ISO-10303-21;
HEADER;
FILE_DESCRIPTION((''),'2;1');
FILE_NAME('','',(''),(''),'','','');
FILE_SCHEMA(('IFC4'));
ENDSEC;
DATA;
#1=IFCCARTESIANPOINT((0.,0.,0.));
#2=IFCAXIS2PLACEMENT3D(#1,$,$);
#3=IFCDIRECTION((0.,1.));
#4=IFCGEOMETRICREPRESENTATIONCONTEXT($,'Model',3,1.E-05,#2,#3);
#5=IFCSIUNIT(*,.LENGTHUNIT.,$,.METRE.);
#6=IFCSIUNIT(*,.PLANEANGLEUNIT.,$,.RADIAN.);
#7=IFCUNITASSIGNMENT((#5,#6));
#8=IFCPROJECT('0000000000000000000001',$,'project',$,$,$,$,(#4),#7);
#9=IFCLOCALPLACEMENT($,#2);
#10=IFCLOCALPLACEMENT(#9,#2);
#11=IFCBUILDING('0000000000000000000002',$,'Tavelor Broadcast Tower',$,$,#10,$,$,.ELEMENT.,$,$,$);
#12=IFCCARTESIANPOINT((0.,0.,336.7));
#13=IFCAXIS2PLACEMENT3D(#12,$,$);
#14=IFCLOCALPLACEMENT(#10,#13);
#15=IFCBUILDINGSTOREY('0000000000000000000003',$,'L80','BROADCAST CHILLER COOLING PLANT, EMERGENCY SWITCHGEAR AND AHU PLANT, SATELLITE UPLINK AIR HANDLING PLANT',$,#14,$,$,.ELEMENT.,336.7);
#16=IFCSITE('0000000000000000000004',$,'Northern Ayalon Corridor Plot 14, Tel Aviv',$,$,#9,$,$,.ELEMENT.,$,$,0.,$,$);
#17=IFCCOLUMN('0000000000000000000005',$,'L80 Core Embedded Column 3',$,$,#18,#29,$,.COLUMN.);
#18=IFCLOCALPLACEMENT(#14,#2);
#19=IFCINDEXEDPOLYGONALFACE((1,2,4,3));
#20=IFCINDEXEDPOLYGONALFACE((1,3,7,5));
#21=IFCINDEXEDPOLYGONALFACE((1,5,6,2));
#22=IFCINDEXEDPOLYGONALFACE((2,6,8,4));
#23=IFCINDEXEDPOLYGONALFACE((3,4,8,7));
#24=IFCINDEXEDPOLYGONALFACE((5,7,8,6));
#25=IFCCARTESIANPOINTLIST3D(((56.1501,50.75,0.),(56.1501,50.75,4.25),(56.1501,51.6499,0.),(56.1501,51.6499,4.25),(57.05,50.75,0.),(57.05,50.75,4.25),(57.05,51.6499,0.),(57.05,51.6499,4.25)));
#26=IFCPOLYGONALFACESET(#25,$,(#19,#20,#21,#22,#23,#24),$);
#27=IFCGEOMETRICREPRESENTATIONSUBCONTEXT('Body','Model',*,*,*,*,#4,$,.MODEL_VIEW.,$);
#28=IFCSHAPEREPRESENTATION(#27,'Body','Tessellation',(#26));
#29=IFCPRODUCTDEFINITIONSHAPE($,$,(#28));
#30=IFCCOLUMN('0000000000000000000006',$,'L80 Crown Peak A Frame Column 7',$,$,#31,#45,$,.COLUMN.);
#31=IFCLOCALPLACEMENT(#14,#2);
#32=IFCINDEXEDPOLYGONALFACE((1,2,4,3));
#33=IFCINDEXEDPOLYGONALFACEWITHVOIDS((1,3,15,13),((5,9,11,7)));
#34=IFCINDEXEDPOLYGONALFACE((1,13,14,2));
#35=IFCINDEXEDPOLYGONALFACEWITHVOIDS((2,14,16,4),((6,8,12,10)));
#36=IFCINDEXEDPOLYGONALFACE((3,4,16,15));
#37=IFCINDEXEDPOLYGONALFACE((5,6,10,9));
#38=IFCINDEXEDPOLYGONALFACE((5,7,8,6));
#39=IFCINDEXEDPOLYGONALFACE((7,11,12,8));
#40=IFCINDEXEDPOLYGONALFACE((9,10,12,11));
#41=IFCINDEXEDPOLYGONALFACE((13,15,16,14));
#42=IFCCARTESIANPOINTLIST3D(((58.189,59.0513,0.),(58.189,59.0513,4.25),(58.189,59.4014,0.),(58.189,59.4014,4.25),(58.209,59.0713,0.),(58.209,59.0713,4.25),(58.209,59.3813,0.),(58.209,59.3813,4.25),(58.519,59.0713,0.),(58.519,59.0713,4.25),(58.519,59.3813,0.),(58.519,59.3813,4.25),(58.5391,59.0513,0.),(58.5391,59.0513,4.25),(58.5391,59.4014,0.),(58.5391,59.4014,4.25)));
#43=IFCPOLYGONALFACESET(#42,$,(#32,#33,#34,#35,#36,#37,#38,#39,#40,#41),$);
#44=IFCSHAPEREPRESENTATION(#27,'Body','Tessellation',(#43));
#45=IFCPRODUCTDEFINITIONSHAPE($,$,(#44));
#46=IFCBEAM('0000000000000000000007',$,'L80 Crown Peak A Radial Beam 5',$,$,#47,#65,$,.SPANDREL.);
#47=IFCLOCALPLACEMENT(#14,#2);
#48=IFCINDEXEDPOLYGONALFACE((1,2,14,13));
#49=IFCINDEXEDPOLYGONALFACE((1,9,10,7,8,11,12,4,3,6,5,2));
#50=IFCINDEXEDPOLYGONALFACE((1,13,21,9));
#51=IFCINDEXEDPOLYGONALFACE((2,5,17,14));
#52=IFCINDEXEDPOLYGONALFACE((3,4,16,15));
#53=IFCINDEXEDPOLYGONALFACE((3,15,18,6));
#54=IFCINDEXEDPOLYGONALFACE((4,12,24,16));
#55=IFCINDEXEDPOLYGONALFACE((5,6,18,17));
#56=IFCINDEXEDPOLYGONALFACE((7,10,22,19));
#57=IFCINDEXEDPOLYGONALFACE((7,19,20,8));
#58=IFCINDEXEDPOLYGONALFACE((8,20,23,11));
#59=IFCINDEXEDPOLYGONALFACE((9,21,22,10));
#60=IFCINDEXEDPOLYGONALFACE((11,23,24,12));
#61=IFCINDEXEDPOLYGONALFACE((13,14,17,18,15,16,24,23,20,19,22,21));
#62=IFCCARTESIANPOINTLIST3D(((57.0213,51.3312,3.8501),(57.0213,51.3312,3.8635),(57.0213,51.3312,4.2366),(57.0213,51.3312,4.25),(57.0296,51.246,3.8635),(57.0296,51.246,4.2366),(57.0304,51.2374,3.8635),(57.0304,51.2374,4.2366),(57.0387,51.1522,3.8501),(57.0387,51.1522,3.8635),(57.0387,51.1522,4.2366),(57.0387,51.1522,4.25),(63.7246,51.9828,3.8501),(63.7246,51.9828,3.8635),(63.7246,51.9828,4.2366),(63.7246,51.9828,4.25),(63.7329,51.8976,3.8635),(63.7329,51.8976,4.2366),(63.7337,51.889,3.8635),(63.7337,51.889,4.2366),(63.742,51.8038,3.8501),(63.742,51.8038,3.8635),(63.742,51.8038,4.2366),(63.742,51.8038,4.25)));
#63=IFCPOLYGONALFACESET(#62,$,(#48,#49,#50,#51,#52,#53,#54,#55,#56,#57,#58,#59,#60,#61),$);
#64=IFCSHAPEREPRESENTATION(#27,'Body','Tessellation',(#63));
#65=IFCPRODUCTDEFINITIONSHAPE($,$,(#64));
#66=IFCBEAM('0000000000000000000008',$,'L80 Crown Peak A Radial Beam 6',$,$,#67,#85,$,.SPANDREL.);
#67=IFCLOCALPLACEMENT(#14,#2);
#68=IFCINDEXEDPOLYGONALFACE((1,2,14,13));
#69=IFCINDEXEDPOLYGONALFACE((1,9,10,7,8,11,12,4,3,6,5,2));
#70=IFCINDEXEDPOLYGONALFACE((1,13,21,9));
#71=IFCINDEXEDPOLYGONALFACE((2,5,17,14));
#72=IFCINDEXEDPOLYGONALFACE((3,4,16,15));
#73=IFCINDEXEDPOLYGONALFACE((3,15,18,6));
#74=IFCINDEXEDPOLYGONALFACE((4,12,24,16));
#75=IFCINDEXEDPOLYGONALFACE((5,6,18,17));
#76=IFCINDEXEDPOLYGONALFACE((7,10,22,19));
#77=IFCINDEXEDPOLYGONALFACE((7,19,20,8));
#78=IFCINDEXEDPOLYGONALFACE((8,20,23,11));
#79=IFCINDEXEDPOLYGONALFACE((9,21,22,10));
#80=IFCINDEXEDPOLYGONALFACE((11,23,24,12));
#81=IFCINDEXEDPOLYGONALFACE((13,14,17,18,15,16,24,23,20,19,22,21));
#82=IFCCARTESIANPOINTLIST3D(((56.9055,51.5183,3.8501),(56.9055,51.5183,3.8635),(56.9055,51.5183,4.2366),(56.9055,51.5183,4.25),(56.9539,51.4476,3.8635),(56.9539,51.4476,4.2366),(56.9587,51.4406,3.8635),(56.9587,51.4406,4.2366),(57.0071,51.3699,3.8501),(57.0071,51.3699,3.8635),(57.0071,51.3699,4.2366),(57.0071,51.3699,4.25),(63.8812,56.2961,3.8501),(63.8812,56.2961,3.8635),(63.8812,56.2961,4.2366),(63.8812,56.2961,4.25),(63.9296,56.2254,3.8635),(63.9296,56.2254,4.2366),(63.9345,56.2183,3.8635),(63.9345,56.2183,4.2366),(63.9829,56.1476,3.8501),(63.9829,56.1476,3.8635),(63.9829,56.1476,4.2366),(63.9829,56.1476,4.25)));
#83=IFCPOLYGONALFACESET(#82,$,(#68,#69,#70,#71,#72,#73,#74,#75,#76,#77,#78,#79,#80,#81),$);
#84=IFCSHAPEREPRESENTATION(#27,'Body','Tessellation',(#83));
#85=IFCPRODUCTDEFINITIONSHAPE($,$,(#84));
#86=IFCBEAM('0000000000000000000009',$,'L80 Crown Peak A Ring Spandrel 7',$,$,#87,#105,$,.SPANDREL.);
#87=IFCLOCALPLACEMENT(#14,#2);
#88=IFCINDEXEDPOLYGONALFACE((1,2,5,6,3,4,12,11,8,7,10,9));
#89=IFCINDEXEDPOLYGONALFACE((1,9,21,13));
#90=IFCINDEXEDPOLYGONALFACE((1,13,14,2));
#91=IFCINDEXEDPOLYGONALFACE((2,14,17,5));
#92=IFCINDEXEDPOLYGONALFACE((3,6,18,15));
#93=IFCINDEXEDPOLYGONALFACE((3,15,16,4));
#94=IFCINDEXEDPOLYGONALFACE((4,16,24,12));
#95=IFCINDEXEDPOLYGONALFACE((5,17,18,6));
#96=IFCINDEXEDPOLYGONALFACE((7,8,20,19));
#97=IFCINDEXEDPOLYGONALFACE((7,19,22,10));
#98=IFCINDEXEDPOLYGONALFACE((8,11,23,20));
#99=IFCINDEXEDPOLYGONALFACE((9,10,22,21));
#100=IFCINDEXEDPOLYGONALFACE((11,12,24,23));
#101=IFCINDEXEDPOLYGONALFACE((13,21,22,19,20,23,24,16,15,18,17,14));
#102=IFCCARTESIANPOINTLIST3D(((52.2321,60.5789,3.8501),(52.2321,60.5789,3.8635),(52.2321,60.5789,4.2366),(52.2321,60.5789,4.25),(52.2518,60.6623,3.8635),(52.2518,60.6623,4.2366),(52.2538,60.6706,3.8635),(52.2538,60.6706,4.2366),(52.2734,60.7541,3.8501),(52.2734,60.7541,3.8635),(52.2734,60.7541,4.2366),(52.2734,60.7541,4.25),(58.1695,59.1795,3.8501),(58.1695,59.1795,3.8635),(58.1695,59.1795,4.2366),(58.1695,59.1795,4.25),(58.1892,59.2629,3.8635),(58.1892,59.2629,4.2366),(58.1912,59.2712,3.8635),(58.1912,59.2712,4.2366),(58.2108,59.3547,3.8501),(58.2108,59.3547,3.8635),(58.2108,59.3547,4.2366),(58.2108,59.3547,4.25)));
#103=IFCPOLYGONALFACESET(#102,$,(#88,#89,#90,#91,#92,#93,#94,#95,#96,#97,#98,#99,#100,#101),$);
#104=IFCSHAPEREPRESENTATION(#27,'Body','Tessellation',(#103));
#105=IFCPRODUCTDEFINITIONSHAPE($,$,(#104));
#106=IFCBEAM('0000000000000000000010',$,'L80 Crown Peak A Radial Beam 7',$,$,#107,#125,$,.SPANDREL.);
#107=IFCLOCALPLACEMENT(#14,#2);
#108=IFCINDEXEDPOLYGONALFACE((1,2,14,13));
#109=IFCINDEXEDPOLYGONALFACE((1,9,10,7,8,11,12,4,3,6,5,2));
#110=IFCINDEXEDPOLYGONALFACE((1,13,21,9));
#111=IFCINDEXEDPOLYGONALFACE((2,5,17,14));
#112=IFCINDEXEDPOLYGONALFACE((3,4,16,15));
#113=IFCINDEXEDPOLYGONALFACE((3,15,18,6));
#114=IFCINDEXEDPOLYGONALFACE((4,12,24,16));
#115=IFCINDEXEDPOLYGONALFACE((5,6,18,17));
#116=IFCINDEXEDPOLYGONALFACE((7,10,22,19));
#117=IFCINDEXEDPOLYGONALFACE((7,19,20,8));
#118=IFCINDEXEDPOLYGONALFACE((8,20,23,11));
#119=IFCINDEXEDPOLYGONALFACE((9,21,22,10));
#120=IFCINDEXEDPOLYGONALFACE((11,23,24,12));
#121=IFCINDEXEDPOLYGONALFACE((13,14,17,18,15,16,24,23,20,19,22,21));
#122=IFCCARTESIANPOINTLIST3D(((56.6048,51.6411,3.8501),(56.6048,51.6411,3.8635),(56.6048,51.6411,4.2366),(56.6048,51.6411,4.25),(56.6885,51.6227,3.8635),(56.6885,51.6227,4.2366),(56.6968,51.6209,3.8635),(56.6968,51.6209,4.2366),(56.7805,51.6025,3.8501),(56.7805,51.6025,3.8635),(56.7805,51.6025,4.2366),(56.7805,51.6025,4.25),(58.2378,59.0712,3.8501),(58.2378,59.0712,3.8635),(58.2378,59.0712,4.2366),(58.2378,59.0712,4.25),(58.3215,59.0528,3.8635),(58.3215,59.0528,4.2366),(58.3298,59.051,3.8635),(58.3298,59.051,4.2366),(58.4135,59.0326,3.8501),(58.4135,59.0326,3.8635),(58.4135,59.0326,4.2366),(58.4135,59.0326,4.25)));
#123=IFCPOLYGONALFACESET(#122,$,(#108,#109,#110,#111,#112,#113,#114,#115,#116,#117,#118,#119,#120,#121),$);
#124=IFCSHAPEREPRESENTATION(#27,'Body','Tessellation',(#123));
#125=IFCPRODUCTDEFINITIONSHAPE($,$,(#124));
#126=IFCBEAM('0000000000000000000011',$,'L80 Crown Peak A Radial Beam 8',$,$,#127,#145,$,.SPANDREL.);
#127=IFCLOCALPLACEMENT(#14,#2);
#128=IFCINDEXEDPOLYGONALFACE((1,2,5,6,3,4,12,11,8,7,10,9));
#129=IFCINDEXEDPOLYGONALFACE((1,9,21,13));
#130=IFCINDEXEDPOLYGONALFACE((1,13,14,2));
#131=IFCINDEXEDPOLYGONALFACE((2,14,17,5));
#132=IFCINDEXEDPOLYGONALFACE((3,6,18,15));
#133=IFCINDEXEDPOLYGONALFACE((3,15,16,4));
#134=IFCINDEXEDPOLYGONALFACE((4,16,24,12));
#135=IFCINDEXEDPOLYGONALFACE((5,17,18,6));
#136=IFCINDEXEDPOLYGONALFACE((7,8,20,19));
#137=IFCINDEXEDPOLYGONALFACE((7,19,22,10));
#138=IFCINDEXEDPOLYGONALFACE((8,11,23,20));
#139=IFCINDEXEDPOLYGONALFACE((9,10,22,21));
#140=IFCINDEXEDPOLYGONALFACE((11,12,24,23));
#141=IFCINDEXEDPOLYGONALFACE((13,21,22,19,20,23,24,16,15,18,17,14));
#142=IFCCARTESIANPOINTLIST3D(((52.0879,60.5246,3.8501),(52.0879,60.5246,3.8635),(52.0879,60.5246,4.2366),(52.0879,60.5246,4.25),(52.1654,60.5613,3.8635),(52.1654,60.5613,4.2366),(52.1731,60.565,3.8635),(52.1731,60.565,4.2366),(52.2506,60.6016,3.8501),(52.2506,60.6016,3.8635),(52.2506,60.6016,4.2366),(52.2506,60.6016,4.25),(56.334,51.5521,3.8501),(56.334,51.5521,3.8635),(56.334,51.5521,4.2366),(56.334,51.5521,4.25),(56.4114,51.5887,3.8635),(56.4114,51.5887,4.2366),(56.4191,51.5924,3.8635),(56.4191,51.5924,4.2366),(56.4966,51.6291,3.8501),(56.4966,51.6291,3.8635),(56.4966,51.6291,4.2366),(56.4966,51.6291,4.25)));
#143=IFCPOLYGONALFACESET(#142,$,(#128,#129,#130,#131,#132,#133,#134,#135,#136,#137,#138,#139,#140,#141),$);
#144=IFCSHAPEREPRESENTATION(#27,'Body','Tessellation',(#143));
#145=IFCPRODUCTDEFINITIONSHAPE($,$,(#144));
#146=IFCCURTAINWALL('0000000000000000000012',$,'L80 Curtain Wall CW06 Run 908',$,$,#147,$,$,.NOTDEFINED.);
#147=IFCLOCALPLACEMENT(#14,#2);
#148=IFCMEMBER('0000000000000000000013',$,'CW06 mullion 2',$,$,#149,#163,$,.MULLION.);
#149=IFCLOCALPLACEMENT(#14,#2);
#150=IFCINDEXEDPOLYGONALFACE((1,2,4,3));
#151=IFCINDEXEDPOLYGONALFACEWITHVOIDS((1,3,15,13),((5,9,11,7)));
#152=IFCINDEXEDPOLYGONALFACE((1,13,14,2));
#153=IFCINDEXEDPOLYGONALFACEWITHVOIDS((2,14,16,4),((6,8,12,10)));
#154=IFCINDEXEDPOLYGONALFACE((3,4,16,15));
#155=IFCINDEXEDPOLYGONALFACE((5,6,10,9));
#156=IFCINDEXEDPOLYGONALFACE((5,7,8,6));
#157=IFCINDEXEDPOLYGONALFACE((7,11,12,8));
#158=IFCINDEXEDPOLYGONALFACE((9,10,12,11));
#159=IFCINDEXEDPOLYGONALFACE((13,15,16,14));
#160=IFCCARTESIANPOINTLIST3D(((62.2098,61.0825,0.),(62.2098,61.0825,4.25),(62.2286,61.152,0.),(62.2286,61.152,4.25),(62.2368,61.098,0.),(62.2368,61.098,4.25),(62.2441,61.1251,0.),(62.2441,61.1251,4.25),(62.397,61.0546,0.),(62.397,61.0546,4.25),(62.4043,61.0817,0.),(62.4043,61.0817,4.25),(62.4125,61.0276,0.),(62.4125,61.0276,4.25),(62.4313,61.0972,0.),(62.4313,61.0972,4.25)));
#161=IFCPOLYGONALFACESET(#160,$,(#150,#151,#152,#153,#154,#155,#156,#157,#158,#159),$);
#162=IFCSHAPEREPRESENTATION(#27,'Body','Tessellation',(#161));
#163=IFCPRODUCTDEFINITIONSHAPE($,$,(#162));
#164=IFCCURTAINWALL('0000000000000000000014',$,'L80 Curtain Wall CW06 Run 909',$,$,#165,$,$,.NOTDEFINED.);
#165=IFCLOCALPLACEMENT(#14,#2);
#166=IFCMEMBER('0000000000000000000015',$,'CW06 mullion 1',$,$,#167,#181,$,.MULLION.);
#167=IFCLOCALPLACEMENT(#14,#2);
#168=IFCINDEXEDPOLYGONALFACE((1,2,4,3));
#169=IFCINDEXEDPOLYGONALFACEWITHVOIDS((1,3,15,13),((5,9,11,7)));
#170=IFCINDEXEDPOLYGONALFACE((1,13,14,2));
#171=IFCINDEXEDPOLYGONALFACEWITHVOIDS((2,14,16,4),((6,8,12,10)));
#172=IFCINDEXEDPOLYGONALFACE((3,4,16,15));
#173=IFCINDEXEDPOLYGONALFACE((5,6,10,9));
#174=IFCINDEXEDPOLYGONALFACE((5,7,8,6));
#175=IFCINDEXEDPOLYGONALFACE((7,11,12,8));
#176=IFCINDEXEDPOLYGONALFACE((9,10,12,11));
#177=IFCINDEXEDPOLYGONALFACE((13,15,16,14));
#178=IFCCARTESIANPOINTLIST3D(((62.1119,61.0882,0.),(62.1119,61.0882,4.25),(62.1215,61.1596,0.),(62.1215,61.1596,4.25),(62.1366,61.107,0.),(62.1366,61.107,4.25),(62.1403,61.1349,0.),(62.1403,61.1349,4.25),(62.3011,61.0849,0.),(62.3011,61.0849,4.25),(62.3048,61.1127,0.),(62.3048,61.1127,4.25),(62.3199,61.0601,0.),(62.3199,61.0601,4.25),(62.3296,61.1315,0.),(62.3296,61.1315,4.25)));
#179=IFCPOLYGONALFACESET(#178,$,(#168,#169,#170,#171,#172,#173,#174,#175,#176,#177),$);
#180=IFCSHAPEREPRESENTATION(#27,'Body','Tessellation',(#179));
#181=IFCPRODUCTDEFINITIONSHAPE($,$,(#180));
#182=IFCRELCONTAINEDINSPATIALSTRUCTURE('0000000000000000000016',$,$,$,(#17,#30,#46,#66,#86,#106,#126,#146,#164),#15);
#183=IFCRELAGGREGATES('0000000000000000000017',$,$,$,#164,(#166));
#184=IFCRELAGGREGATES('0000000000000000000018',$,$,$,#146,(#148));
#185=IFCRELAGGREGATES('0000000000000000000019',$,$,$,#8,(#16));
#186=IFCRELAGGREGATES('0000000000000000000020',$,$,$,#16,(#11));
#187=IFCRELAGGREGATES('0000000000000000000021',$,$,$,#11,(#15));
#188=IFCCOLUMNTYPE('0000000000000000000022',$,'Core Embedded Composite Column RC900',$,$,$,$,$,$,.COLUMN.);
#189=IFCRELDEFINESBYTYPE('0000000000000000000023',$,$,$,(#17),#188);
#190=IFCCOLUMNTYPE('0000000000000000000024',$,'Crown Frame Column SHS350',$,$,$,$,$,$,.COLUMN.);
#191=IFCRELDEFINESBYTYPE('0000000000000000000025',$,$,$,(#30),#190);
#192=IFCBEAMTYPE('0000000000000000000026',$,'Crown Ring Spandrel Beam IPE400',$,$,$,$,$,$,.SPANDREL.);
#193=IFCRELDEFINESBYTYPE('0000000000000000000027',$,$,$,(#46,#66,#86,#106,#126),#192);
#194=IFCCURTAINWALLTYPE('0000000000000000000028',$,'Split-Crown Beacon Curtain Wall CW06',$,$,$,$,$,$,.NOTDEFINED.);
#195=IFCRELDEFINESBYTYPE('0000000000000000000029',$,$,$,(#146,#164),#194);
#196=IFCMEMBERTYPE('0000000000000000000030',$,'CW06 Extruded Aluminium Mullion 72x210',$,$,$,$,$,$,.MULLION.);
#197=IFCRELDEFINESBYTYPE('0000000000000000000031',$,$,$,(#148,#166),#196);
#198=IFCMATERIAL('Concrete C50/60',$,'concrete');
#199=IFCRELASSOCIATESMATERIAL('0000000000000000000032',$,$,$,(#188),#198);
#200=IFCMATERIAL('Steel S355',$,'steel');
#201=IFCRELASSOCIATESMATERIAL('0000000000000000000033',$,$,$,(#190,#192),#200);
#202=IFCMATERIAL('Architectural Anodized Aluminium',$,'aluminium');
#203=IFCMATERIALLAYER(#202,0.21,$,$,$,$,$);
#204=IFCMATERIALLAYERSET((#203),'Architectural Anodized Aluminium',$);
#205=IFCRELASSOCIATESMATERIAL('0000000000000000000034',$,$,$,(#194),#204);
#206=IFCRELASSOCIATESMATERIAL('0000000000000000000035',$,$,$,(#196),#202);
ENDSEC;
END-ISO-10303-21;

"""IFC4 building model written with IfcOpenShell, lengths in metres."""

from ifc_helpers import new_model, si_unit, direction, frame, origin, origin_2d, place, context, subcontext, project, spatial, rectangle, hollow_rectangle, i_section, extrude, source, transform, mapped, material, layer, layer_set, material_profile, profile_set, type_object, type_shapes, element, aggregate, save


model = new_model("IFC4")

# Units and contexts
model_context = context("Model", 3, precision=1e-05, world=origin(), true_north=direction((0.0, 1.0)))
body_context = subcontext(model_context, "Body", "Model", "MODEL_VIEW")
ifc_project = project(units=[si_unit("LENGTHUNIT", "METRE"), si_unit("PLANEANGLEUNIT", "RADIAN")], contexts=[model_context])

# Site, building, storey
site_placement = place(None, origin())
site = spatial("IfcSite", under=ifc_project, at=site_placement, Name="Northern Ayalon Corridor Plot 14, Tel Aviv", CompositionType="ELEMENT", RefElevation=0.0)
building_placement = place(site_placement, origin())
building = spatial("IfcBuilding", under=site, at=building_placement, Name="Tavelor Broadcast Tower", CompositionType="ELEMENT")
storey_placement = place(building_placement, frame((0.0, 0.0, 336.7)))
storey = spatial("IfcBuildingStorey", under=building, at=storey_placement, Name="L80", Description="BROADCAST CHILLER COOLING PLANT, EMERGENCY SWITCHGEAR AND AHU PLANT, SATELLITE UPLINK AIR HANDLING PLANT", CompositionType="ELEMENT", Elevation=336.7)

# Columns
ifc_material_1 = material(Name="Concrete C50/60", Category="concrete")
ifc_material_profile_1 = material_profile(ifc_material_1, rectangle(XDim=0.8999, YDim=0.8999, at=origin_2d()), Name="RC 900x900")
ifc_profile_set_1 = profile_set([ifc_material_profile_1], Name="Concrete C50/60")
column_type_1 = type_object("IfcColumnType", Name="Core Embedded Composite Column RC900", PredefinedType="COLUMN", material=ifc_profile_set_1)
column_1_placement = place(storey_placement, frame((56.6001, 51.2, 0.0), z_axis=(0.0, 0.0, 1.0), x_axis=(1.0, 0.0, 0.0)))
element("IfcColumn", 1, at=column_1_placement, inside=storey, type_object=column_type_1, Name="L80 Core Embedded Column 3", PredefinedType="COLUMN", context=body_context, shape_type="SweptSolid", body=[
    extrude(rectangle(XDim=0.8999, YDim=0.8999, at=origin_2d()), origin(), (0.0, 0.0, 1.0), 4.25),
])
ifc_material_2 = material(Name="Steel S355", Category="steel")
ifc_material_profile_2 = material_profile(ifc_material_2, hollow_rectangle(XDim=0.3501, YDim=0.3501, WallThickness=0.02, at=origin_2d()), Name="SHS 350x350x20")
ifc_profile_set_2 = profile_set([ifc_material_profile_2], Name="Steel S355")
column_type_2 = type_object("IfcColumnType", Name="Crown Frame Column SHS350", PredefinedType="COLUMN", material=ifc_profile_set_2)
column_2_placement = place(storey_placement, frame((58.364, 59.2263, 0.0), z_axis=(0.0, 0.0, 1.0), x_axis=(1.0, 0.0, 0.0)))
element("IfcColumn", 2, at=column_2_placement, inside=storey, type_object=column_type_2, Name="L80 Crown Peak A Frame Column 7", PredefinedType="COLUMN", context=body_context, shape_type="SweptSolid", body=[
    extrude(hollow_rectangle(XDim=0.3501, YDim=0.3501, WallThickness=0.02, at=origin_2d()), origin(), (0.0, 0.0, 1.0), 4.25),
])

# Beams
ifc_material_profile_3 = material_profile(ifc_material_2, i_section(OverallWidth=0.1799, OverallDepth=0.3999, WebThickness=0.0085, FlangeThickness=0.0134, at=origin_2d()), Name="IPE 400")
ifc_profile_set_3 = profile_set([ifc_material_profile_3], Name="Steel S355")
beam_type = type_object("IfcBeamType", Name="Crown Ring Spandrel Beam IPE400", PredefinedType="SPANDREL", material=ifc_profile_set_3)
beam_1_placement = place(storey_placement, frame((57.03, 51.2417, 4.05), z_axis=(0.995309, 0.096751, 0.0), x_axis=(-0.096751, 0.995309, 0.0)))
element("IfcBeam", 3, at=beam_1_placement, inside=storey, type_object=beam_type, Name="L80 Crown Peak A Radial Beam 5", PredefinedType="SPANDREL", context=body_context, shape_type="SweptSolid", body=[
    extrude(i_section(OverallWidth=0.1799, OverallDepth=0.3999, WebThickness=0.0085, FlangeThickness=0.0134, at=origin_2d()), origin(), (0.0, 0.0, 1.0), 6.7349),
])
beam_2_placement = place(storey_placement, frame((56.9563, 51.4441, 4.05), z_axis=(0.825037, 0.565078, 0.0), x_axis=(-0.565078, 0.825037, 0.0)))
element("IfcBeam", 4, at=beam_2_placement, inside=storey, type_object=beam_type, Name="L80 Crown Peak A Radial Beam 6", PredefinedType="SPANDREL", context=body_context, shape_type="SweptSolid", body=[
    extrude(i_section(OverallWidth=0.1799, OverallDepth=0.3999, WebThickness=0.0085, FlangeThickness=0.0134, at=origin_2d()), origin(), (0.0, 0.0, 1.0), 8.4551),
])
beam_3_placement = place(storey_placement, frame((58.1902, 59.2671, 4.05), z_axis=(-0.973331, 0.229405, 0.0), x_axis=(-0.229405, -0.973331, 0.0)))
element("IfcBeam", 5, at=beam_3_placement, inside=storey, type_object=beam_type, Name="L80 Crown Peak A Ring Spandrel 7", PredefinedType="SPANDREL", context=body_context, shape_type="SweptSolid", body=[
    extrude(i_section(OverallWidth=0.1799, OverallDepth=0.3999, WebThickness=0.0085, FlangeThickness=0.0134, at=origin_2d()), origin(), (0.0, 0.0, 1.0), 6.1001),
])
beam_4_placement = place(storey_placement, frame((56.6926, 51.6218, 4.05), z_axis=(0.214663, 0.976688, 0.0), x_axis=(-0.976688, 0.214663, 0.0)))
element("IfcBeam", 6, at=beam_4_placement, inside=storey, type_object=beam_type, Name="L80 Crown Peak A Radial Beam 7", PredefinedType="SPANDREL", context=body_context, shape_type="SweptSolid", body=[
    extrude(i_section(OverallWidth=0.1799, OverallDepth=0.3999, WebThickness=0.0085, FlangeThickness=0.0134, at=origin_2d()), origin(), (0.0, 0.0, 1.0), 7.6074),
])
beam_5_placement = place(storey_placement, frame((56.4153, 51.5906, 4.05), z_axis=(-0.427748, 0.903898, 0.0), x_axis=(-0.903898, -0.427748, 0.0)))
element("IfcBeam", 7, at=beam_5_placement, inside=storey, type_object=beam_type, Name="L80 Crown Peak A Radial Beam 8", PredefinedType="SPANDREL", context=body_context, shape_type="SweptSolid", body=[
    extrude(i_section(OverallWidth=0.1799, OverallDepth=0.3999, WebThickness=0.0085, FlangeThickness=0.0134, at=origin_2d()), origin(), (0.0, 0.0, 1.0), 9.9265),
])

# Curtain wall, member
ifc_material_3 = material(Name="Architectural Anodized Aluminium", Category="aluminium")
ifc_layer_1 = layer(ifc_material_3, 0.21)
ifc_layer_set_1 = layer_set([ifc_layer_1], Name="Architectural Anodized Aluminium")
curtain_wall_type = type_object("IfcCurtainWallType", Name="Split-Crown Beacon Curtain Wall CW06", PredefinedType="NOTDEFINED", material=ifc_layer_set_1)
curtain_wall_1_placement = place(storey_placement, origin())
curtain_wall_1 = element("IfcCurtainWall", 8, at=curtain_wall_1_placement, inside=storey, type_object=curtain_wall_type, Name="L80 Curtain Wall CW06 Run 908", PredefinedType="NOTDEFINED")
ifc_material_profile_4 = material_profile(ifc_material_3, hollow_rectangle(XDim=0.072, YDim=0.21, WallThickness=0.022, at=origin_2d()), Name="RHS 72x210x22")
ifc_profile_set_4 = profile_set([ifc_material_profile_4], Name="Architectural Anodized Aluminium")
member_type_1 = type_object("IfcMemberType", Name="CW06 Extruded Aluminium Mullion 72x210", PredefinedType="MULLION", material=ifc_profile_set_4)
shared_shape_1 = source(origin(), body_context, "Body", "SweptSolid", [
    extrude(hollow_rectangle(XDim=0.072, YDim=0.21, WallThickness=0.022, at=origin_2d()), origin(), (0.0, 0.0, 1.0), 4.25),
])
type_shapes(member_type_1, [shared_shape_1])
member_1_placement = place(storey_placement, frame((62.3206, 61.0898, 0.0), z_axis=(0.0, 0.0, 1.0), x_axis=(-0.261376, -0.965237, 0.0)))
member_1 = element("IfcMember", 9, at=member_1_placement, type_object=member_type_1, Name="CW06 mullion 2", PredefinedType="MULLION", context=body_context, shape_type="MappedRepresentation", body=[
    mapped(shared_shape_1, transform((0.0, 0.0, 0.0), scale=1.0)),
])

# Curtain wall, member
curtain_wall_2_placement = place(storey_placement, origin())
curtain_wall_2 = element("IfcCurtainWall", 10, at=curtain_wall_2_placement, inside=storey, type_object=curtain_wall_type, Name="L80 Curtain Wall CW06 Run 909", PredefinedType="NOTDEFINED")
member_2_placement = place(storey_placement, frame((62.2207, 61.1099, 0.0), z_axis=(0.0, 0.0, 1.0), x_axis=(-0.133628, -0.991031, 0.0)))
member_2 = element("IfcMember", 11, at=member_2_placement, type_object=member_type_1, Name="CW06 mullion 1", PredefinedType="MULLION", context=body_context, shape_type="MappedRepresentation", body=[
    mapped(shared_shape_1, transform((0.0, 0.0, 0.0), scale=1.0)),
])

aggregate(curtain_wall_2, [member_2])
aggregate(curtain_wall_1, [member_1])

save(model, "model.ifc")
